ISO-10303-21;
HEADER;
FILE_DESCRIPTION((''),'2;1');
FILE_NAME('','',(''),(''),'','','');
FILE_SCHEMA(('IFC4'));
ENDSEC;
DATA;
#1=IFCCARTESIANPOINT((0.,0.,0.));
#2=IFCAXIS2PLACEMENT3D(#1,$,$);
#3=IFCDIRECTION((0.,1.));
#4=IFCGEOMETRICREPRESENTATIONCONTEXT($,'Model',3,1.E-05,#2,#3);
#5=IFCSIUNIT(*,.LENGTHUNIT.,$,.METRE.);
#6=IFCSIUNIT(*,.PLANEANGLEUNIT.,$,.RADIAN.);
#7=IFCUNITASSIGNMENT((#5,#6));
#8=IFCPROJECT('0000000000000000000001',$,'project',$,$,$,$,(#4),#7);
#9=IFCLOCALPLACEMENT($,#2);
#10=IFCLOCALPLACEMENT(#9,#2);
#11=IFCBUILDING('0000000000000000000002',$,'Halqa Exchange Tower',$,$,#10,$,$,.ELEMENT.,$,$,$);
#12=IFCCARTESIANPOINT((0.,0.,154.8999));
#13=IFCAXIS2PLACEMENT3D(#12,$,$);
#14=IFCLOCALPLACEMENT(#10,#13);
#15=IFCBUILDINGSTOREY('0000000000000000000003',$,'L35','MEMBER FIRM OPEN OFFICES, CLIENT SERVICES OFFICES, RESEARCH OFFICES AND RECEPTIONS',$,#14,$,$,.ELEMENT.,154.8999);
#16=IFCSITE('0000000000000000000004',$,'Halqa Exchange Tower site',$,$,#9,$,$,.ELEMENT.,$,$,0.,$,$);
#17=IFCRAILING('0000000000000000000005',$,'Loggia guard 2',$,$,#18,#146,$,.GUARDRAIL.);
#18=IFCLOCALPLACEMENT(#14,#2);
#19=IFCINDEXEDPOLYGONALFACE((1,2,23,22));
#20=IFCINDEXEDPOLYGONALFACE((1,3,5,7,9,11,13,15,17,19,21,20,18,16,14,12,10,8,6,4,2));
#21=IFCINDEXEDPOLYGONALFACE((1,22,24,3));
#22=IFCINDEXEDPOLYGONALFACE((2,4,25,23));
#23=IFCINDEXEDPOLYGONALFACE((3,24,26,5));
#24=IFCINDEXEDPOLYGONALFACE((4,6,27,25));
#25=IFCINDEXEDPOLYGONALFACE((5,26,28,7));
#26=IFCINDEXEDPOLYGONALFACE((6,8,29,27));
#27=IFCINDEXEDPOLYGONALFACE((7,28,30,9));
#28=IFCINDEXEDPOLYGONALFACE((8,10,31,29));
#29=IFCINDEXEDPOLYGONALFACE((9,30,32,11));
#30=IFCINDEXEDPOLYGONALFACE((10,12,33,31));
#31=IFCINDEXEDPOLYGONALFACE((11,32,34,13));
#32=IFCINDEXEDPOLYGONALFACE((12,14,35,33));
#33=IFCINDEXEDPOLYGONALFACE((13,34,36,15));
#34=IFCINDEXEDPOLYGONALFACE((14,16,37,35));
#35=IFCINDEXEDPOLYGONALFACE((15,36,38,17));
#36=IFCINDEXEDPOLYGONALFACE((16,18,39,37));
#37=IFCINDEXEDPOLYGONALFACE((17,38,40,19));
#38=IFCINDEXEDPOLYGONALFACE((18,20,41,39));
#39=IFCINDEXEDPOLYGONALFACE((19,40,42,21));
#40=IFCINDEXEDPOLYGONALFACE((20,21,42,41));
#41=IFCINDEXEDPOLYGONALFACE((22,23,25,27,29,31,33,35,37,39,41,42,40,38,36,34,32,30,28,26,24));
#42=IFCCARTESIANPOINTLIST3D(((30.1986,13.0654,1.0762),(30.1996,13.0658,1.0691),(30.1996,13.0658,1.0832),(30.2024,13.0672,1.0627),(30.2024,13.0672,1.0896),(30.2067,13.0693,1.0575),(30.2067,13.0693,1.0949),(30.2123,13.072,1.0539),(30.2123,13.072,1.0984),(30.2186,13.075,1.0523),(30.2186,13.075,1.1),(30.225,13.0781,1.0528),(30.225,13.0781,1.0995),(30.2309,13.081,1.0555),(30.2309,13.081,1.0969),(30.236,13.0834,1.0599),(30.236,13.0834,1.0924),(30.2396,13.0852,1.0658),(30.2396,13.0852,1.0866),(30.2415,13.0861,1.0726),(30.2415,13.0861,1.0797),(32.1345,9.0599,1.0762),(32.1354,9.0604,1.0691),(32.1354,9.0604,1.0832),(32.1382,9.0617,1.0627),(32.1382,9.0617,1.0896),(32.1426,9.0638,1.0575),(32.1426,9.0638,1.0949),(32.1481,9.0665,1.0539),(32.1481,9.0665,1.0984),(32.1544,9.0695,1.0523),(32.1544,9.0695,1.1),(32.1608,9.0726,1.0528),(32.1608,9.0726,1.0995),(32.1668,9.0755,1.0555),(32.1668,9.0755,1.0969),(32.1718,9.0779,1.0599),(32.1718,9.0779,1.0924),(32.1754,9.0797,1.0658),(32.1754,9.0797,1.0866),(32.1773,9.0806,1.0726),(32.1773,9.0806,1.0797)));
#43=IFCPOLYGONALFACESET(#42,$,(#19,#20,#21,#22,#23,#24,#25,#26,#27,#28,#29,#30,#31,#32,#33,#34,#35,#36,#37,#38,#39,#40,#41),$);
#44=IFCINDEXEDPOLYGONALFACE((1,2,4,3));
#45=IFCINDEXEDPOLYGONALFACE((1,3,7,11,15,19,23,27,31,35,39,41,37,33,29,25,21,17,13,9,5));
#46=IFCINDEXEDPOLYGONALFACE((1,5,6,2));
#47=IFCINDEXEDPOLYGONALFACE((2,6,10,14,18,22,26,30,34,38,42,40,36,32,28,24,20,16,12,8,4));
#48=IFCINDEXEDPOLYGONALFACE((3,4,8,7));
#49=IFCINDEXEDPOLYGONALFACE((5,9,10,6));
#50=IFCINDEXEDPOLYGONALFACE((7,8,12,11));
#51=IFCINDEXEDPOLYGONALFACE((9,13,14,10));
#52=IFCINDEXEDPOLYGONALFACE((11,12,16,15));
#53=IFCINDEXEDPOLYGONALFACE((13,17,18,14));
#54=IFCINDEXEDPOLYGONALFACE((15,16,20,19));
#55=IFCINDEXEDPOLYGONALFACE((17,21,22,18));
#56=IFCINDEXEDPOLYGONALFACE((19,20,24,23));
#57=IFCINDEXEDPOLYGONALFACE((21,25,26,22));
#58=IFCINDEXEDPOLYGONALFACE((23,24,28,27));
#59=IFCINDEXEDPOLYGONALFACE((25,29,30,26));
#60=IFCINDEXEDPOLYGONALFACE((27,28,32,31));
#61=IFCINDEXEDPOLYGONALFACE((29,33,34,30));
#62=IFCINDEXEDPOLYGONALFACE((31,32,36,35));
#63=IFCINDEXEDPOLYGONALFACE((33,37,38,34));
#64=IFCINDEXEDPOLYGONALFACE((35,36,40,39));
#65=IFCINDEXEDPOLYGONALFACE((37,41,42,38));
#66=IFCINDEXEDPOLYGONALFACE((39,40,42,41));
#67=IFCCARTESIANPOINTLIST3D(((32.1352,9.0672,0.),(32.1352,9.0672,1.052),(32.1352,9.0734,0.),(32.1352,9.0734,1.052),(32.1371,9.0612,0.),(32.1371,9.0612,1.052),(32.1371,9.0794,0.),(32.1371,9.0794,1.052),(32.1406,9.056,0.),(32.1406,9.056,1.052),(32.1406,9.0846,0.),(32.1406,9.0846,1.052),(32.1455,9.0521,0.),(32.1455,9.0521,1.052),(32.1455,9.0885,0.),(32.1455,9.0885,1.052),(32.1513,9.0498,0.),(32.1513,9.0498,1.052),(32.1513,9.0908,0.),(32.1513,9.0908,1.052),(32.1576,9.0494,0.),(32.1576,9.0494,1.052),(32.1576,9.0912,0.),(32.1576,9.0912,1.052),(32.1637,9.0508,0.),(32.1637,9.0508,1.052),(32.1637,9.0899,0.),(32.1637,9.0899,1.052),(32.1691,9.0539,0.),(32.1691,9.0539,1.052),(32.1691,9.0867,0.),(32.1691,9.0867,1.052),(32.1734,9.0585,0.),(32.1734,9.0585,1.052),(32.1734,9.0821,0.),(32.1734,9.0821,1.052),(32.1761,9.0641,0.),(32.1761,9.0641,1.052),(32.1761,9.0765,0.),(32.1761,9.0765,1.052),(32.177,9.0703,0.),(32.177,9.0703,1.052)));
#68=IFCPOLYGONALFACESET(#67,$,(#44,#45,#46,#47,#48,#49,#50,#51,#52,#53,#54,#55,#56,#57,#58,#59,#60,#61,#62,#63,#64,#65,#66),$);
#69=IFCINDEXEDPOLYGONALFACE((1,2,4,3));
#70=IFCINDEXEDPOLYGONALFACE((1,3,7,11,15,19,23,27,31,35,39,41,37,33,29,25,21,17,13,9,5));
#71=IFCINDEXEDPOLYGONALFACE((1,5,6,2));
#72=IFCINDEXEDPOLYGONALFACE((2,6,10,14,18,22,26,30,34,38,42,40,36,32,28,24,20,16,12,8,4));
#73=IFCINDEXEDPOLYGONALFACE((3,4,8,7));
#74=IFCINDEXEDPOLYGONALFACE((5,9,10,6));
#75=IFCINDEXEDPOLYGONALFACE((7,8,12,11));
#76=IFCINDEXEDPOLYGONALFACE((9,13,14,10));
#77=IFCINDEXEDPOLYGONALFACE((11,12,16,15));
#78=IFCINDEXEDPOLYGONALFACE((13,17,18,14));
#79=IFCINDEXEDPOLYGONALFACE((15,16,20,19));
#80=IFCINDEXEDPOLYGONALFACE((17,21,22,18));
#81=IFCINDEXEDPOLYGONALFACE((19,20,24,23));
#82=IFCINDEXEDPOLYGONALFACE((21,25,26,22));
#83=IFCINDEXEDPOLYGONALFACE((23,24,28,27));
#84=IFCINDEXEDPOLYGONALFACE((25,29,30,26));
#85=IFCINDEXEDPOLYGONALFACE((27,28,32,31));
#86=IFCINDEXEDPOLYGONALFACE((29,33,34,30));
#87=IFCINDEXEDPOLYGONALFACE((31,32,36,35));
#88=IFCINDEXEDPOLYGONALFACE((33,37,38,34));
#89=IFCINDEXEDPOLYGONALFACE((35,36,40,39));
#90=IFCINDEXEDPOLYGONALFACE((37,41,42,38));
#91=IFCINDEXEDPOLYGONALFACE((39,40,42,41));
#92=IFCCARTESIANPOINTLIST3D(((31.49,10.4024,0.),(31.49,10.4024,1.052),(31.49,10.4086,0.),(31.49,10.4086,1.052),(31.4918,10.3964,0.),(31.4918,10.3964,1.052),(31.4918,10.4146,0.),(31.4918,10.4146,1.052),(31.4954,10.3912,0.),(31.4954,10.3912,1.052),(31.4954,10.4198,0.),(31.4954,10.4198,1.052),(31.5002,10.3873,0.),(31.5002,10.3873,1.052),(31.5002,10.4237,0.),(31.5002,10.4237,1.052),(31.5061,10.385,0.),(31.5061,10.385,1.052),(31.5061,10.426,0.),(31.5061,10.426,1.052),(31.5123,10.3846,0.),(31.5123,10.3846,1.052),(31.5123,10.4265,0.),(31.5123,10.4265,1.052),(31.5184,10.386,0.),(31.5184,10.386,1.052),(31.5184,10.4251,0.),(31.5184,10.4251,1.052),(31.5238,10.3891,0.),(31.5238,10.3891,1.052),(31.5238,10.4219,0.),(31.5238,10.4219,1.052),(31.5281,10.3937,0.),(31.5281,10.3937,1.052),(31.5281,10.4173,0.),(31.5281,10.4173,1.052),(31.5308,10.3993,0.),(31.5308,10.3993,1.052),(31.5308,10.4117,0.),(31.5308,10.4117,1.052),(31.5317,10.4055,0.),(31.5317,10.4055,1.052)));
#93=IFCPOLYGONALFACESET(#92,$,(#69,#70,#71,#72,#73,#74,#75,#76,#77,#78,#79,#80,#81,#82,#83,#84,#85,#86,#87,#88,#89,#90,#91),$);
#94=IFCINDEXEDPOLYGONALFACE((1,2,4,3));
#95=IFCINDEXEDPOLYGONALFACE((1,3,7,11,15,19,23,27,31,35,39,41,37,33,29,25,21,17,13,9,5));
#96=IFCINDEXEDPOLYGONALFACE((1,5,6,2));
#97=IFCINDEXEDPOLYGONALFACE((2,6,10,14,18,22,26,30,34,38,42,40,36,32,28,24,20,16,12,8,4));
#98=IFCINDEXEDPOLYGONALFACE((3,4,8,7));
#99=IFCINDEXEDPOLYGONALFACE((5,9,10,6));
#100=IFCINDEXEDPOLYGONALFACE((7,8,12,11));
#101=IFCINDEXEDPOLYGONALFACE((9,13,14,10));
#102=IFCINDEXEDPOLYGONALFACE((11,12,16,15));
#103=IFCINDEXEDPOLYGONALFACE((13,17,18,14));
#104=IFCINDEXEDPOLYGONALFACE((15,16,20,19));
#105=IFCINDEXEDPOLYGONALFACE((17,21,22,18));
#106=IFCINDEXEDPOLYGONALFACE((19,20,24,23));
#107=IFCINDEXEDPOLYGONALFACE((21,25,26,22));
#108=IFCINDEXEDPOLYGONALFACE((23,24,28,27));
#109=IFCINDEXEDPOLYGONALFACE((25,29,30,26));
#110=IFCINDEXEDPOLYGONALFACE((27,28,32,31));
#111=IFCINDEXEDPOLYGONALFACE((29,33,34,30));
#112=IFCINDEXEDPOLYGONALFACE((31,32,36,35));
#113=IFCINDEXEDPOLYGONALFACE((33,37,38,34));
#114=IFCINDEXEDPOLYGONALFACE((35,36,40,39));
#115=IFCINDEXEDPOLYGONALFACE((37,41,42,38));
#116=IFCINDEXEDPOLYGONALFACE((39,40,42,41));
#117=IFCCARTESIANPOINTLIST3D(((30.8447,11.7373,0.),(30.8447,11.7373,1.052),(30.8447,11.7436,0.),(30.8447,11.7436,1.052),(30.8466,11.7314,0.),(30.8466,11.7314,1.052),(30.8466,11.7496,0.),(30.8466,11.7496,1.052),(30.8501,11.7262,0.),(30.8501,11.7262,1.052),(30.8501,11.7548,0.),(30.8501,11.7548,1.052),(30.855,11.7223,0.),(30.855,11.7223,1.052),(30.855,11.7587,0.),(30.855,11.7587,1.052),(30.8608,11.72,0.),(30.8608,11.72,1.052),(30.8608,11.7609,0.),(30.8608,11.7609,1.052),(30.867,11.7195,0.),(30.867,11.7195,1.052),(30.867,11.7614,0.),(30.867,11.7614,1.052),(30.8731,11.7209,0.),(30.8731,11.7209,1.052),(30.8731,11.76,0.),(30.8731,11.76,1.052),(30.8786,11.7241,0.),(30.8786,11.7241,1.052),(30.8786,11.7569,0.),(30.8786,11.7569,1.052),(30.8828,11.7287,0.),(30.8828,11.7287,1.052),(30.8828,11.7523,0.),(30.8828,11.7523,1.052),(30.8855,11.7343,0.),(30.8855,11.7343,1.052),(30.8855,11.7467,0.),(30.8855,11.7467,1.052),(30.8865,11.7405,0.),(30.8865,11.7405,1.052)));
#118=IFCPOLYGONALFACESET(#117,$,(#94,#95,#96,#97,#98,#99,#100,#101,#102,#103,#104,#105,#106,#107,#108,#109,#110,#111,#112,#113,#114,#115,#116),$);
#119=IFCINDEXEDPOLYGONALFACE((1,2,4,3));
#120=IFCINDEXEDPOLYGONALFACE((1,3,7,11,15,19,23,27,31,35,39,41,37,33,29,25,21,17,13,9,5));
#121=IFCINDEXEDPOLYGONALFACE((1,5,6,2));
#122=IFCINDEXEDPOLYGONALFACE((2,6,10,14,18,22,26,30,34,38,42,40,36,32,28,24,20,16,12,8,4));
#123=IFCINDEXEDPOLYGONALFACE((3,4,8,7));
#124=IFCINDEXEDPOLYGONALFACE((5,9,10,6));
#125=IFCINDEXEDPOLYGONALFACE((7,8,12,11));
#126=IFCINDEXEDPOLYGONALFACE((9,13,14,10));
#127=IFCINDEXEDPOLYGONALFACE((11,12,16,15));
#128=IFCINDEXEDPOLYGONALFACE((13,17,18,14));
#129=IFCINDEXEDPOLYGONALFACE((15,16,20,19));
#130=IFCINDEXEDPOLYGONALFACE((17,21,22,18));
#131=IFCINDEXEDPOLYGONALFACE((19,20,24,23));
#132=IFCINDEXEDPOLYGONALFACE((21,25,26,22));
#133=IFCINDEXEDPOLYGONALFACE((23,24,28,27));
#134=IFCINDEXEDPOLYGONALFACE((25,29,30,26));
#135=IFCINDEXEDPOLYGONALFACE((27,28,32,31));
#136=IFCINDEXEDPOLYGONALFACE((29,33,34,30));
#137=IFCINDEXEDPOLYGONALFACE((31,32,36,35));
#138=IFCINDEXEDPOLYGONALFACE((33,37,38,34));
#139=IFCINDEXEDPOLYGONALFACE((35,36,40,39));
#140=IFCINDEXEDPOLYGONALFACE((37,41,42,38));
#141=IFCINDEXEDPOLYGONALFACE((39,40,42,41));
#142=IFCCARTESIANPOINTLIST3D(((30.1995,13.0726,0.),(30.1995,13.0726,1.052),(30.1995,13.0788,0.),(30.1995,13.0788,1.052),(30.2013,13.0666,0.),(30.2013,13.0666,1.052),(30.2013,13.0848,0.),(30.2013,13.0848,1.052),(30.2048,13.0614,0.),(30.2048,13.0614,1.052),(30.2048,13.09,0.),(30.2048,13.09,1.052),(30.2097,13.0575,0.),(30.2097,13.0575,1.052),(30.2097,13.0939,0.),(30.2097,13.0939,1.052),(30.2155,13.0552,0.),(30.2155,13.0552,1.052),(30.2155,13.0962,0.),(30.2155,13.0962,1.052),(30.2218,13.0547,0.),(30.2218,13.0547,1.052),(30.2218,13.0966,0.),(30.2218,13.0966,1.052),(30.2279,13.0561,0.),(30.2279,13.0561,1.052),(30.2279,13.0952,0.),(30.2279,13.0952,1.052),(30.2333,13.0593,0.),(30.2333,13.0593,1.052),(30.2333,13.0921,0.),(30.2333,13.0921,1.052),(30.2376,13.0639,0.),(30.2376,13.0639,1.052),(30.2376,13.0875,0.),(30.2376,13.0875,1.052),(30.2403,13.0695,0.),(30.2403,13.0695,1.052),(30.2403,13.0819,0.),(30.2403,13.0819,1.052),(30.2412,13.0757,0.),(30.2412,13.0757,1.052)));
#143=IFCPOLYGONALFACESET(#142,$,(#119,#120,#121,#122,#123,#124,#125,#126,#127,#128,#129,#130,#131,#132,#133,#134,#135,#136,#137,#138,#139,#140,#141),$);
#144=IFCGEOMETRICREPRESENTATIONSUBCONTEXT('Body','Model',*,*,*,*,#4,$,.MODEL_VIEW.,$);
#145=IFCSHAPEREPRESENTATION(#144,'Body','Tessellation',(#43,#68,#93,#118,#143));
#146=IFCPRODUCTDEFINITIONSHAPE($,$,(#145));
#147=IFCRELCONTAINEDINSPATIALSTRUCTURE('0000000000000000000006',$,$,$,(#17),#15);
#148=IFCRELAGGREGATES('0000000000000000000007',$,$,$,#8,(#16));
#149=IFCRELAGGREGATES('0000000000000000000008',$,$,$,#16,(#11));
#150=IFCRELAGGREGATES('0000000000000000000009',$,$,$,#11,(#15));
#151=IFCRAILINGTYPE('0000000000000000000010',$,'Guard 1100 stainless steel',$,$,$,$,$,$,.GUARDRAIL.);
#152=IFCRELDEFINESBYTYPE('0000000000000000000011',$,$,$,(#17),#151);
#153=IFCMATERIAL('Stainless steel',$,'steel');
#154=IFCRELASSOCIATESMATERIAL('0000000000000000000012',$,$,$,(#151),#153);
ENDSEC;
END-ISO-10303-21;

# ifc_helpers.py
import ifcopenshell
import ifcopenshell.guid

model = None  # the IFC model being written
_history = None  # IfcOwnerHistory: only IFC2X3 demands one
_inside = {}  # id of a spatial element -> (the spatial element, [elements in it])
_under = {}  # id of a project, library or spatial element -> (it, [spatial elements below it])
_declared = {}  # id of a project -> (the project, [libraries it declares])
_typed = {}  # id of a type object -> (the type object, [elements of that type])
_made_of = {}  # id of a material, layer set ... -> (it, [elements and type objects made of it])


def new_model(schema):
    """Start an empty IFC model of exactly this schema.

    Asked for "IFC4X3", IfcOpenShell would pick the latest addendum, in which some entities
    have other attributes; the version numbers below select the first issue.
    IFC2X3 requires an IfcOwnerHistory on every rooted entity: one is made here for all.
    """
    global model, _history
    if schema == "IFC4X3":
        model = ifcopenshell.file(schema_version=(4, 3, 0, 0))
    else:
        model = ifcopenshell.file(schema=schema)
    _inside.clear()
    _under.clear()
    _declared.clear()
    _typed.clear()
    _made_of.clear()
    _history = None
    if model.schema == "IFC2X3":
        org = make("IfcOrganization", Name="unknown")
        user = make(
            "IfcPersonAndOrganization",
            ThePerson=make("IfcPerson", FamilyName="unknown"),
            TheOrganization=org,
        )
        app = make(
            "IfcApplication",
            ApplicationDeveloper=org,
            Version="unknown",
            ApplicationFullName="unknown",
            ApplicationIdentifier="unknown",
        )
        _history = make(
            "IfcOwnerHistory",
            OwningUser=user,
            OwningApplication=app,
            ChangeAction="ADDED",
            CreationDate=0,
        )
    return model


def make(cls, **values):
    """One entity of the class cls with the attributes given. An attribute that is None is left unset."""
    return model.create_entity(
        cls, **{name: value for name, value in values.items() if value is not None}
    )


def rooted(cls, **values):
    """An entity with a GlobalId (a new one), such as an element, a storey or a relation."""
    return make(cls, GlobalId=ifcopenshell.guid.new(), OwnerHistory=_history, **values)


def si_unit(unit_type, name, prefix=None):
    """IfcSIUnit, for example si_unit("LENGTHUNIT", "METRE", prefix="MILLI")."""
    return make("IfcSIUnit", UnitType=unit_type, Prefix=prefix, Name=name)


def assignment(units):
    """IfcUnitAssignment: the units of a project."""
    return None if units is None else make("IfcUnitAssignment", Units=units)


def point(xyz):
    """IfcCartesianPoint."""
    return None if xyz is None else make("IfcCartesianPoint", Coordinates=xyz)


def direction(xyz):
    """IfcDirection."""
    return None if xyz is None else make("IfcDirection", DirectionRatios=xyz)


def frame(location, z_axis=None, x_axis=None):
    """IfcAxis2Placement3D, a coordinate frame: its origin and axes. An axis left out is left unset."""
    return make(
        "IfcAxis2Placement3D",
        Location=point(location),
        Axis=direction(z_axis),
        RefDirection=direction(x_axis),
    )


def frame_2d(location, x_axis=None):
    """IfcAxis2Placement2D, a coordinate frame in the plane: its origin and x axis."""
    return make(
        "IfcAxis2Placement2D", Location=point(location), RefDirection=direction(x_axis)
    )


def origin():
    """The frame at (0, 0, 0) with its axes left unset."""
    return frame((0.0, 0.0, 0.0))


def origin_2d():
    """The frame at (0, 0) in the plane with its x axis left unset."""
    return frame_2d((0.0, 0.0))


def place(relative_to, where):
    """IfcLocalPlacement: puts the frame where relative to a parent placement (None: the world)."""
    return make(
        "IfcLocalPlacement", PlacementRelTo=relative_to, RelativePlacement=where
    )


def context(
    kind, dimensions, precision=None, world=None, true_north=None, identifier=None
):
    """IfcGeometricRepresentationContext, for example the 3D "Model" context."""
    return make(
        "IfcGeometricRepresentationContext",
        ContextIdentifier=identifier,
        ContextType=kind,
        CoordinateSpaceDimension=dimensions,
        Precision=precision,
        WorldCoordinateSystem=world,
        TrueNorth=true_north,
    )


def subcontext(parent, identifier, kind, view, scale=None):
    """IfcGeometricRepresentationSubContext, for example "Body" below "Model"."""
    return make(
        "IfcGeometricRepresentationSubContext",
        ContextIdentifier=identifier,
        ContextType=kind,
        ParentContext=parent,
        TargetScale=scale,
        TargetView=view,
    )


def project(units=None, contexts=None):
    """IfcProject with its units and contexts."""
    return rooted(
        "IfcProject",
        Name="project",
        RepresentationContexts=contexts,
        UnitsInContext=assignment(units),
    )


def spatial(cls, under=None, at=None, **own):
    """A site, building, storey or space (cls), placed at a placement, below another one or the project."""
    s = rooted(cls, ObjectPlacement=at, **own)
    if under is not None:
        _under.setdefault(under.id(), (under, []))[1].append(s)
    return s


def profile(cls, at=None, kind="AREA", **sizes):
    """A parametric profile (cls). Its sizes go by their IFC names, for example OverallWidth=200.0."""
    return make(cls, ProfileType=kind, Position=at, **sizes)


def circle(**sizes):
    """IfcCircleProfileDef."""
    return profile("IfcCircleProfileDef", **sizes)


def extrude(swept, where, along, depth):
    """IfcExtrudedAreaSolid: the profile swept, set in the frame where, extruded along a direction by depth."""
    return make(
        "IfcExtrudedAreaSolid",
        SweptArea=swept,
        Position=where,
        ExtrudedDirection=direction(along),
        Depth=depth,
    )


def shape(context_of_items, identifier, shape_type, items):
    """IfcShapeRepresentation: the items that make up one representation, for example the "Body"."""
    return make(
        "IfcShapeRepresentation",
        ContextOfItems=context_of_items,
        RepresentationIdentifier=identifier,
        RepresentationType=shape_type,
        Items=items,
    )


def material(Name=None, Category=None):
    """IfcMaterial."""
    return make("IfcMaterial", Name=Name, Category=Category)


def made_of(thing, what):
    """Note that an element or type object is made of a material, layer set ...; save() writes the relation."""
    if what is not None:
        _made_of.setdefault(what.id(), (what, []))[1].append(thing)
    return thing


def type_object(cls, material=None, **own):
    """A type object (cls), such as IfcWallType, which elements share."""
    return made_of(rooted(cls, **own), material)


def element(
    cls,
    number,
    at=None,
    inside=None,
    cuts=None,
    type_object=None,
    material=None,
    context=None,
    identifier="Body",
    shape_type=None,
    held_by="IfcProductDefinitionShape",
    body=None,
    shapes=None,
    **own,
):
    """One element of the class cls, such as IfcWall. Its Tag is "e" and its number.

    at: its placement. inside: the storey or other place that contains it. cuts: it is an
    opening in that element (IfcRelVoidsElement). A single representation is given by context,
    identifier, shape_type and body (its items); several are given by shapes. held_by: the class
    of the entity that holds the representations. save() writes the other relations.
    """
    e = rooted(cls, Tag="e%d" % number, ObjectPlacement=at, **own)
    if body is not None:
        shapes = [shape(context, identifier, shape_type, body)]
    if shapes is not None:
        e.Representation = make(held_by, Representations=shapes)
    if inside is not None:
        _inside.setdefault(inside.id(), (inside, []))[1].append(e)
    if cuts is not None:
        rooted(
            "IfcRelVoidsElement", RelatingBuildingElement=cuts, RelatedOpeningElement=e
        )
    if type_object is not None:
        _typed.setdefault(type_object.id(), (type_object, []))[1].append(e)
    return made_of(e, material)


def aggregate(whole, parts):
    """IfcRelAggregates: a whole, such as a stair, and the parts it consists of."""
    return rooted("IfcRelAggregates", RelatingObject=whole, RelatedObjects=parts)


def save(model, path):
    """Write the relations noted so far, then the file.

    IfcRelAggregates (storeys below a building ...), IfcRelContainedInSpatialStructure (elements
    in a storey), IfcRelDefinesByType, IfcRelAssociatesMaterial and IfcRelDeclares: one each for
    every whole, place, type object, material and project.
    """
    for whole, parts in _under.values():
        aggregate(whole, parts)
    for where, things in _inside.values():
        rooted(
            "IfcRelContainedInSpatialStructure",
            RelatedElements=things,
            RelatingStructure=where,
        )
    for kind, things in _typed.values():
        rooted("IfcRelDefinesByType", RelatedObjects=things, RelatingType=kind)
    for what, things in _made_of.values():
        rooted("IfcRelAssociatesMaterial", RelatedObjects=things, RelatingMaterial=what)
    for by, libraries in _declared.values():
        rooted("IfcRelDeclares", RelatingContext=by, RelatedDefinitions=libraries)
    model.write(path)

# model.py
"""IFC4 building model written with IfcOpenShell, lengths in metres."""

from ifc_helpers import new_model, si_unit, direction, frame, origin, origin_2d, place, context, subcontext, project, spatial, circle, extrude, material, type_object, element, save


model = new_model("IFC4")

# Units and contexts
model_context = context("Model", 3, precision=1e-05, world=origin(), true_north=direction((0.0, 1.0)))
body_context = subcontext(model_context, "Body", "Model", "MODEL_VIEW")
ifc_project = project(units=[si_unit("LENGTHUNIT", "METRE"), si_unit("PLANEANGLEUNIT", "RADIAN")], contexts=[model_context])

# Site, building, storey
site_placement = place(None, origin())
site = spatial("IfcSite", under=ifc_project, at=site_placement, Name="Halqa Exchange Tower site", CompositionType="ELEMENT", RefElevation=0.0)
building_placement = place(site_placement, origin())
building = spatial("IfcBuilding", under=site, at=building_placement, Name="Halqa Exchange Tower", CompositionType="ELEMENT")
storey_placement = place(building_placement, frame((0.0, 0.0, 154.8999)))
storey = spatial("IfcBuildingStorey", under=building, at=storey_placement, Name="L35", Description="MEMBER FIRM OPEN OFFICES, CLIENT SERVICES OFFICES, RESEARCH OFFICES AND RECEPTIONS", CompositionType="ELEMENT", Elevation=154.8999)

# Railing
ifc_material_1 = material(Name="Stainless steel", Category="steel")
railing_type = type_object("IfcRailingType", Name="Guard 1100 stainless steel", PredefinedType="GUARDRAIL", material=ifc_material_1)
railing_1_placement = place(storey_placement, frame((32.156, 9.0703, 0.0)))
element("IfcRailing", 1, at=railing_1_placement, inside=storey, type_object=railing_type, Name="Loggia guard 2", PredefinedType="GUARDRAIL", context=body_context, shape_type="SweptSolid", body=[
    extrude(circle(Radius=0.0239, at=origin_2d()), frame((0.0, 0.0, 1.0762), z_axis=(-0.435143, 0.900361, 0.0), x_axis=(-0.900361, -0.435143, 0.0)), (0.0, 0.0, 1.0), 4.4487),
    extrude(circle(Radius=0.021, at=origin_2d()), origin(), (0.0, 0.0, 1.0), 1.052),
    extrude(circle(Radius=0.021, at=origin_2d()), frame((-0.6453, 1.3352, 0.0)), (0.0, 0.0, 1.0), 1.052),
    extrude(circle(Radius=0.021, at=origin_2d()), frame((-1.2905, 2.6702, 0.0)), (0.0, 0.0, 1.0), 1.052),
    extrude(circle(Radius=0.021, at=origin_2d()), frame((-1.9358, 4.0054, 0.0)), (0.0, 0.0, 1.0), 1.052),
])

save(model, "model.ifc")
